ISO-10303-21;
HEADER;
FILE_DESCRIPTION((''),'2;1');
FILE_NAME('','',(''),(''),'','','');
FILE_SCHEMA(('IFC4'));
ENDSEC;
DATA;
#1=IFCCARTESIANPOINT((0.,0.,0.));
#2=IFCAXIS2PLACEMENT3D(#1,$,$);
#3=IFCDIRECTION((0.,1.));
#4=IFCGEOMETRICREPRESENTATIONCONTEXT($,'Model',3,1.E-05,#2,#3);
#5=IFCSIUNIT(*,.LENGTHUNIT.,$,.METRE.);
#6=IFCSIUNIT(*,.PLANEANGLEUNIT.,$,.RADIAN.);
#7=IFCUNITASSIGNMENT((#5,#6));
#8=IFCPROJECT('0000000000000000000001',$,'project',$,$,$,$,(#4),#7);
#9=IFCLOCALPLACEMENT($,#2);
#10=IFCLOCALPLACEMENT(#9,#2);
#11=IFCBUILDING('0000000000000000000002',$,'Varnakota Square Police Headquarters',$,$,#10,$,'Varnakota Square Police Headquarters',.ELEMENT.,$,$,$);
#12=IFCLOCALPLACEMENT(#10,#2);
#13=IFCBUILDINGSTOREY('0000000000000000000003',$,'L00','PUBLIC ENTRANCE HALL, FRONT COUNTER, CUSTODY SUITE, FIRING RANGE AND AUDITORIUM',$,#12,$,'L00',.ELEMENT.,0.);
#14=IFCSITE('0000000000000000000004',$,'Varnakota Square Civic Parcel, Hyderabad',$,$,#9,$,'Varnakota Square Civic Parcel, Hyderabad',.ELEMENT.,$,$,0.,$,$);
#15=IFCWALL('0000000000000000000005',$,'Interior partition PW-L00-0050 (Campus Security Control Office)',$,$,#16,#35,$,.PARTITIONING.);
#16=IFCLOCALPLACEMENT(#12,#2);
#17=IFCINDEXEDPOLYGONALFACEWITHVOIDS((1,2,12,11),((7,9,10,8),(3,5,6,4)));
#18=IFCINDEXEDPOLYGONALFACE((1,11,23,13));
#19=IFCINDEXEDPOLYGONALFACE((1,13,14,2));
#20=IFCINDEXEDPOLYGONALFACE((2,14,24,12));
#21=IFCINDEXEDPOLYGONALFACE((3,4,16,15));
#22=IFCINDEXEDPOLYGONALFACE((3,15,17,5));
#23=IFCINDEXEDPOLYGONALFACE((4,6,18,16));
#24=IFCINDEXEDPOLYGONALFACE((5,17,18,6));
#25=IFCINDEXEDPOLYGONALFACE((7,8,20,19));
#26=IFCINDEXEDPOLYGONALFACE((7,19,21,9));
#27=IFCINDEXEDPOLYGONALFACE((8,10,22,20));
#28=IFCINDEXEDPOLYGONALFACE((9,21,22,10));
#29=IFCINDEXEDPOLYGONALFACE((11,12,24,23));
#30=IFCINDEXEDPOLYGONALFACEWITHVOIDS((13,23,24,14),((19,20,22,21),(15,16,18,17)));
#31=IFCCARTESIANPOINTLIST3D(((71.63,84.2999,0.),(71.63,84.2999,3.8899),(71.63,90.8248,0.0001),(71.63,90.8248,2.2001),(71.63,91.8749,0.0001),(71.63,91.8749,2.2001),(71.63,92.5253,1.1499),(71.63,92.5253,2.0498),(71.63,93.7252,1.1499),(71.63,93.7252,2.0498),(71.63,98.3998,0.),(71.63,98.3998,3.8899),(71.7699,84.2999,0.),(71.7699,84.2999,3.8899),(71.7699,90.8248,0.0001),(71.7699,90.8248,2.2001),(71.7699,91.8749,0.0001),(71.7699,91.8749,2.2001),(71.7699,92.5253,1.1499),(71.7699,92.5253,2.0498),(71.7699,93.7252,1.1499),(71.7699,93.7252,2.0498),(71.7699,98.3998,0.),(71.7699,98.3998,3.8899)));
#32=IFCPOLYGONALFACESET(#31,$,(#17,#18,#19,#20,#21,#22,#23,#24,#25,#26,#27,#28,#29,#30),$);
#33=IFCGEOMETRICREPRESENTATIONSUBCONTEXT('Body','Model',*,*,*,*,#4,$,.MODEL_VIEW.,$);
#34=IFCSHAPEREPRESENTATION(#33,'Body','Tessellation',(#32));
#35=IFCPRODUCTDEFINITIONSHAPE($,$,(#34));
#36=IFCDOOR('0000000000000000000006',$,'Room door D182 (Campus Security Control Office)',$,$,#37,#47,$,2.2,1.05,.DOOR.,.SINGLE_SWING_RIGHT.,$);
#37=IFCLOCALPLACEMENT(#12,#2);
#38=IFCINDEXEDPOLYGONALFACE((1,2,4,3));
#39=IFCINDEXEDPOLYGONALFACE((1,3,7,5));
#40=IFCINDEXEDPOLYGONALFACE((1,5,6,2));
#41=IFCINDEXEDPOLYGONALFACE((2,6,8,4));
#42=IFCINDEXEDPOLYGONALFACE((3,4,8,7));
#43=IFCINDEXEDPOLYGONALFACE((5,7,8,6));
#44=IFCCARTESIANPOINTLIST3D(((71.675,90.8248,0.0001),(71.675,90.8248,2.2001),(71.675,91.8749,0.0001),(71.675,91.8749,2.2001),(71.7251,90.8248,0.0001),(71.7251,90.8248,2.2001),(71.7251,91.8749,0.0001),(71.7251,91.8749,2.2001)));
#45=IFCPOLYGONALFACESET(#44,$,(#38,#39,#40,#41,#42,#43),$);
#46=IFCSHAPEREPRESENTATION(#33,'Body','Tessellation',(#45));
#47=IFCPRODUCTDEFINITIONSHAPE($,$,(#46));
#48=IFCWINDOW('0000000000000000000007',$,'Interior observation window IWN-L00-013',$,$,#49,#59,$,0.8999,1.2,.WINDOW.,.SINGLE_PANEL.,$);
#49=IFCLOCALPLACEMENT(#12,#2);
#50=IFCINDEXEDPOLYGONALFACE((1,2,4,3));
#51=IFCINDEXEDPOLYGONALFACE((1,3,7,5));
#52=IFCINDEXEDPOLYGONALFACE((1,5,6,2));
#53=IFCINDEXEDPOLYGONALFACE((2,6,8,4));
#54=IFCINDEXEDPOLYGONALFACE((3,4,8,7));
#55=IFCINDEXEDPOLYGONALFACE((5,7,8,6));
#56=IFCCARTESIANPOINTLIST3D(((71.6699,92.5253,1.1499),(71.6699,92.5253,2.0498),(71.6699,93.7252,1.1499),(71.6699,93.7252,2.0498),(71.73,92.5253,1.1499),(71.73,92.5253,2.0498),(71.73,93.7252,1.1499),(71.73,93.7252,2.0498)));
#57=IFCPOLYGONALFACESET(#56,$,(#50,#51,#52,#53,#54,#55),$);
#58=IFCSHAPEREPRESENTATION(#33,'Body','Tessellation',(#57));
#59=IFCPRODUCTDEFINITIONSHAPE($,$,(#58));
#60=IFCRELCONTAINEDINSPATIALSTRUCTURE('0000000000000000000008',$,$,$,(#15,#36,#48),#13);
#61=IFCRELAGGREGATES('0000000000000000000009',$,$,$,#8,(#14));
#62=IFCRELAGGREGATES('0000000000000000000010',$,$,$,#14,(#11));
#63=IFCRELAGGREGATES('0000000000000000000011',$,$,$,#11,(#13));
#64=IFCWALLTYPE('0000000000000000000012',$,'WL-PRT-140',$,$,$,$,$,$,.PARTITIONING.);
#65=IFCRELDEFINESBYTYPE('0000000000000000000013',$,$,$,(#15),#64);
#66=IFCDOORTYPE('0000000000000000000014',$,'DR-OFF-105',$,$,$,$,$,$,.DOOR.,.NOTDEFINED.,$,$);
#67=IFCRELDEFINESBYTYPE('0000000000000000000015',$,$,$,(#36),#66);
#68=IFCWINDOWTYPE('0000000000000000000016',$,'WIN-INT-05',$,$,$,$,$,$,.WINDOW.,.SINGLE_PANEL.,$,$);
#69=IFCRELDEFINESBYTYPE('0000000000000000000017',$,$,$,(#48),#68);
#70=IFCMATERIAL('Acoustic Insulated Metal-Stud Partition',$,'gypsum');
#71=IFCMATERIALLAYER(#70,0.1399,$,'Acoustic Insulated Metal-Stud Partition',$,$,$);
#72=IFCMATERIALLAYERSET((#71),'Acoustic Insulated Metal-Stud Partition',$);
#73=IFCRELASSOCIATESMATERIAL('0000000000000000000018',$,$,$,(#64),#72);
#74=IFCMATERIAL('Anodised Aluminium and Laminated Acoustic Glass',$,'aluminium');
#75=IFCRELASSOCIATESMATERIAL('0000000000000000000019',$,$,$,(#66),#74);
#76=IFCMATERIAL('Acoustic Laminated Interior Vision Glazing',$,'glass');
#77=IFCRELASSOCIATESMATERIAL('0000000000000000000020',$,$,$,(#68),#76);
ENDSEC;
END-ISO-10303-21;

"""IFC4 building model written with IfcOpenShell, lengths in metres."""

from ifc_helpers import new_model, si_unit, direction, frame, frame_2d, origin, place, context, subcontext, project, spatial, rectangle, extrude, material, layer, layer_set, type_object, element, fill, save


model = new_model("IFC4")

# Units and contexts
model_context = context("Model", 3, precision=1e-05, world=origin(), true_north=direction((0.0, 1.0)))
body_context = subcontext(model_context, "Body", "Model", "MODEL_VIEW")
ifc_project = project(units=[si_unit("LENGTHUNIT", "METRE"), si_unit("PLANEANGLEUNIT", "RADIAN")], contexts=[model_context])

# Site, building, storey
site_placement = place(None, origin())
site = spatial("IfcSite", under=ifc_project, at=site_placement, Name="Varnakota Square Civic Parcel, Hyderabad", LongName="Varnakota Square Civic Parcel, Hyderabad", CompositionType="ELEMENT", RefElevation=0.0)
building_placement = place(site_placement, origin())
building = spatial("IfcBuilding", under=site, at=building_placement, Name="Varnakota Square Police Headquarters", LongName="Varnakota Square Police Headquarters", CompositionType="ELEMENT")
storey_placement = place(building_placement, origin())
storey = spatial("IfcBuildingStorey", under=building, at=storey_placement, Name="L00", Description="PUBLIC ENTRANCE HALL, FRONT COUNTER, CUSTODY SUITE, FIRING RANGE AND AUDITORIUM", LongName="L00", CompositionType="ELEMENT", Elevation=0.0)

# Wall, openings, door, window
ifc_material_1 = material(Name="Acoustic Laminated Interior Vision Glazing", Category="glass")
ifc_material_2 = material(Name="Acoustic Insulated Metal-Stud Partition", Category="gypsum")
ifc_layer_1 = layer(ifc_material_2, 0.1399, Name="Acoustic Insulated Metal-Stud Partition")
ifc_layer_set_1 = layer_set([ifc_layer_1], Name="Acoustic Insulated Metal-Stud Partition")
wall_type_1 = type_object("IfcWallType", Name="WL-PRT-140", PredefinedType="PARTITIONING", material=ifc_layer_set_1)
wall_1_placement = place(storey_placement, frame((71.7, 84.3, 0.0), z_axis=(0.0, 0.0, 1.0), x_axis=(0.0, 1.0, 0.0)))
wall_1 = element("IfcWall", 1, at=wall_1_placement, inside=storey, type_object=wall_type_1, Name="Interior partition PW-L00-0050 (Campus Security Control Office)", PredefinedType="PARTITIONING", context=body_context, shape_type="SweptSolid", body=[
    extrude(rectangle(XDim=14.0999, YDim=0.1399, at=frame_2d((7.0498, 0.0))), origin(), (0.0, 0.0, 1.0), 3.8899),
])
opening_1_placement = place(wall_1_placement, frame((6.5249, 0.0, 0.0)))
opening_1 = element("IfcOpeningElement", 2, at=opening_1_placement, cuts=wall_1, PredefinedType="OPENING", context=body_context, shape_type="SweptSolid", body=[
    extrude(rectangle(XDim=1.05, YDim=2.2, at=frame_2d((0.5249, 1.1001))), frame((0.0, 0.0798, 0.0), z_axis=(0.0, -1.0, 0.0), x_axis=(1.0, 0.0, 0.0)), (0.0, 0.0, 1.0), 0.1599),
])
opening_2_placement = place(wall_1_placement, frame((8.2251, 0.0, 1.1499)))
opening_2 = element("IfcOpeningElement", 3, at=opening_2_placement, cuts=wall_1, PredefinedType="OPENING", context=body_context, shape_type="SweptSolid", body=[
    extrude(rectangle(XDim=1.2, YDim=0.8999, at=frame_2d((0.6001, 0.45))), frame((0.0, 0.0798, 0.0), z_axis=(0.0, -1.0, 0.0), x_axis=(1.0, 0.0, 0.0)), (0.0, 0.0, 1.0), 0.1599),
])
ifc_material_3 = material(Name="Anodised Aluminium and Laminated Acoustic Glass", Category="aluminium")
door_type_1 = type_object("IfcDoorType", Name="DR-OFF-105", OperationType="NOTDEFINED", PredefinedType="DOOR", material=ifc_material_3)
door_1_placement = place(opening_1_placement, origin())
door_1 = element("IfcDoor", 4, at=door_1_placement, inside=storey, type_object=door_type_1, Name="Room door D182 (Campus Security Control Office)", OperationType="SINGLE_SWING_RIGHT", OverallHeight=2.2, OverallWidth=1.05, PredefinedType="DOOR", context=body_context, shape_type="SweptSolid", body=[
    extrude(rectangle(XDim=1.05, YDim=2.2, at=frame_2d((0.5249, 1.1001))), frame((0.0, 0.0249, 0.0), z_axis=(0.0, -1.0, 0.0), x_axis=(1.0, 0.0, 0.0)), (0.0, 0.0, 1.0), 0.05),
])
fill(opening_1, door_1)
window_type_1 = type_object("IfcWindowType", Name="WIN-INT-05", PartitioningType="SINGLE_PANEL", PredefinedType="WINDOW", material=ifc_material_1)
window_1_placement = place(opening_2_placement, origin())
window_1 = element("IfcWindow", 5, at=window_1_placement, inside=storey, type_object=window_type_1, Name="Interior observation window IWN-L00-013", OverallHeight=0.8999, OverallWidth=1.2, PartitioningType="SINGLE_PANEL", PredefinedType="WINDOW", context=body_context, shape_type="SweptSolid", body=[
    extrude(rectangle(XDim=1.2, YDim=0.8999, at=frame_2d((0.6001, 0.45))), frame((0.0, 0.03, 0.0), z_axis=(0.0, -1.0, 0.0), x_axis=(1.0, 0.0, 0.0)), (0.0, 0.0, 1.0), 0.0601),
])
fill(opening_2, window_1)

save(model, "model.ifc")
